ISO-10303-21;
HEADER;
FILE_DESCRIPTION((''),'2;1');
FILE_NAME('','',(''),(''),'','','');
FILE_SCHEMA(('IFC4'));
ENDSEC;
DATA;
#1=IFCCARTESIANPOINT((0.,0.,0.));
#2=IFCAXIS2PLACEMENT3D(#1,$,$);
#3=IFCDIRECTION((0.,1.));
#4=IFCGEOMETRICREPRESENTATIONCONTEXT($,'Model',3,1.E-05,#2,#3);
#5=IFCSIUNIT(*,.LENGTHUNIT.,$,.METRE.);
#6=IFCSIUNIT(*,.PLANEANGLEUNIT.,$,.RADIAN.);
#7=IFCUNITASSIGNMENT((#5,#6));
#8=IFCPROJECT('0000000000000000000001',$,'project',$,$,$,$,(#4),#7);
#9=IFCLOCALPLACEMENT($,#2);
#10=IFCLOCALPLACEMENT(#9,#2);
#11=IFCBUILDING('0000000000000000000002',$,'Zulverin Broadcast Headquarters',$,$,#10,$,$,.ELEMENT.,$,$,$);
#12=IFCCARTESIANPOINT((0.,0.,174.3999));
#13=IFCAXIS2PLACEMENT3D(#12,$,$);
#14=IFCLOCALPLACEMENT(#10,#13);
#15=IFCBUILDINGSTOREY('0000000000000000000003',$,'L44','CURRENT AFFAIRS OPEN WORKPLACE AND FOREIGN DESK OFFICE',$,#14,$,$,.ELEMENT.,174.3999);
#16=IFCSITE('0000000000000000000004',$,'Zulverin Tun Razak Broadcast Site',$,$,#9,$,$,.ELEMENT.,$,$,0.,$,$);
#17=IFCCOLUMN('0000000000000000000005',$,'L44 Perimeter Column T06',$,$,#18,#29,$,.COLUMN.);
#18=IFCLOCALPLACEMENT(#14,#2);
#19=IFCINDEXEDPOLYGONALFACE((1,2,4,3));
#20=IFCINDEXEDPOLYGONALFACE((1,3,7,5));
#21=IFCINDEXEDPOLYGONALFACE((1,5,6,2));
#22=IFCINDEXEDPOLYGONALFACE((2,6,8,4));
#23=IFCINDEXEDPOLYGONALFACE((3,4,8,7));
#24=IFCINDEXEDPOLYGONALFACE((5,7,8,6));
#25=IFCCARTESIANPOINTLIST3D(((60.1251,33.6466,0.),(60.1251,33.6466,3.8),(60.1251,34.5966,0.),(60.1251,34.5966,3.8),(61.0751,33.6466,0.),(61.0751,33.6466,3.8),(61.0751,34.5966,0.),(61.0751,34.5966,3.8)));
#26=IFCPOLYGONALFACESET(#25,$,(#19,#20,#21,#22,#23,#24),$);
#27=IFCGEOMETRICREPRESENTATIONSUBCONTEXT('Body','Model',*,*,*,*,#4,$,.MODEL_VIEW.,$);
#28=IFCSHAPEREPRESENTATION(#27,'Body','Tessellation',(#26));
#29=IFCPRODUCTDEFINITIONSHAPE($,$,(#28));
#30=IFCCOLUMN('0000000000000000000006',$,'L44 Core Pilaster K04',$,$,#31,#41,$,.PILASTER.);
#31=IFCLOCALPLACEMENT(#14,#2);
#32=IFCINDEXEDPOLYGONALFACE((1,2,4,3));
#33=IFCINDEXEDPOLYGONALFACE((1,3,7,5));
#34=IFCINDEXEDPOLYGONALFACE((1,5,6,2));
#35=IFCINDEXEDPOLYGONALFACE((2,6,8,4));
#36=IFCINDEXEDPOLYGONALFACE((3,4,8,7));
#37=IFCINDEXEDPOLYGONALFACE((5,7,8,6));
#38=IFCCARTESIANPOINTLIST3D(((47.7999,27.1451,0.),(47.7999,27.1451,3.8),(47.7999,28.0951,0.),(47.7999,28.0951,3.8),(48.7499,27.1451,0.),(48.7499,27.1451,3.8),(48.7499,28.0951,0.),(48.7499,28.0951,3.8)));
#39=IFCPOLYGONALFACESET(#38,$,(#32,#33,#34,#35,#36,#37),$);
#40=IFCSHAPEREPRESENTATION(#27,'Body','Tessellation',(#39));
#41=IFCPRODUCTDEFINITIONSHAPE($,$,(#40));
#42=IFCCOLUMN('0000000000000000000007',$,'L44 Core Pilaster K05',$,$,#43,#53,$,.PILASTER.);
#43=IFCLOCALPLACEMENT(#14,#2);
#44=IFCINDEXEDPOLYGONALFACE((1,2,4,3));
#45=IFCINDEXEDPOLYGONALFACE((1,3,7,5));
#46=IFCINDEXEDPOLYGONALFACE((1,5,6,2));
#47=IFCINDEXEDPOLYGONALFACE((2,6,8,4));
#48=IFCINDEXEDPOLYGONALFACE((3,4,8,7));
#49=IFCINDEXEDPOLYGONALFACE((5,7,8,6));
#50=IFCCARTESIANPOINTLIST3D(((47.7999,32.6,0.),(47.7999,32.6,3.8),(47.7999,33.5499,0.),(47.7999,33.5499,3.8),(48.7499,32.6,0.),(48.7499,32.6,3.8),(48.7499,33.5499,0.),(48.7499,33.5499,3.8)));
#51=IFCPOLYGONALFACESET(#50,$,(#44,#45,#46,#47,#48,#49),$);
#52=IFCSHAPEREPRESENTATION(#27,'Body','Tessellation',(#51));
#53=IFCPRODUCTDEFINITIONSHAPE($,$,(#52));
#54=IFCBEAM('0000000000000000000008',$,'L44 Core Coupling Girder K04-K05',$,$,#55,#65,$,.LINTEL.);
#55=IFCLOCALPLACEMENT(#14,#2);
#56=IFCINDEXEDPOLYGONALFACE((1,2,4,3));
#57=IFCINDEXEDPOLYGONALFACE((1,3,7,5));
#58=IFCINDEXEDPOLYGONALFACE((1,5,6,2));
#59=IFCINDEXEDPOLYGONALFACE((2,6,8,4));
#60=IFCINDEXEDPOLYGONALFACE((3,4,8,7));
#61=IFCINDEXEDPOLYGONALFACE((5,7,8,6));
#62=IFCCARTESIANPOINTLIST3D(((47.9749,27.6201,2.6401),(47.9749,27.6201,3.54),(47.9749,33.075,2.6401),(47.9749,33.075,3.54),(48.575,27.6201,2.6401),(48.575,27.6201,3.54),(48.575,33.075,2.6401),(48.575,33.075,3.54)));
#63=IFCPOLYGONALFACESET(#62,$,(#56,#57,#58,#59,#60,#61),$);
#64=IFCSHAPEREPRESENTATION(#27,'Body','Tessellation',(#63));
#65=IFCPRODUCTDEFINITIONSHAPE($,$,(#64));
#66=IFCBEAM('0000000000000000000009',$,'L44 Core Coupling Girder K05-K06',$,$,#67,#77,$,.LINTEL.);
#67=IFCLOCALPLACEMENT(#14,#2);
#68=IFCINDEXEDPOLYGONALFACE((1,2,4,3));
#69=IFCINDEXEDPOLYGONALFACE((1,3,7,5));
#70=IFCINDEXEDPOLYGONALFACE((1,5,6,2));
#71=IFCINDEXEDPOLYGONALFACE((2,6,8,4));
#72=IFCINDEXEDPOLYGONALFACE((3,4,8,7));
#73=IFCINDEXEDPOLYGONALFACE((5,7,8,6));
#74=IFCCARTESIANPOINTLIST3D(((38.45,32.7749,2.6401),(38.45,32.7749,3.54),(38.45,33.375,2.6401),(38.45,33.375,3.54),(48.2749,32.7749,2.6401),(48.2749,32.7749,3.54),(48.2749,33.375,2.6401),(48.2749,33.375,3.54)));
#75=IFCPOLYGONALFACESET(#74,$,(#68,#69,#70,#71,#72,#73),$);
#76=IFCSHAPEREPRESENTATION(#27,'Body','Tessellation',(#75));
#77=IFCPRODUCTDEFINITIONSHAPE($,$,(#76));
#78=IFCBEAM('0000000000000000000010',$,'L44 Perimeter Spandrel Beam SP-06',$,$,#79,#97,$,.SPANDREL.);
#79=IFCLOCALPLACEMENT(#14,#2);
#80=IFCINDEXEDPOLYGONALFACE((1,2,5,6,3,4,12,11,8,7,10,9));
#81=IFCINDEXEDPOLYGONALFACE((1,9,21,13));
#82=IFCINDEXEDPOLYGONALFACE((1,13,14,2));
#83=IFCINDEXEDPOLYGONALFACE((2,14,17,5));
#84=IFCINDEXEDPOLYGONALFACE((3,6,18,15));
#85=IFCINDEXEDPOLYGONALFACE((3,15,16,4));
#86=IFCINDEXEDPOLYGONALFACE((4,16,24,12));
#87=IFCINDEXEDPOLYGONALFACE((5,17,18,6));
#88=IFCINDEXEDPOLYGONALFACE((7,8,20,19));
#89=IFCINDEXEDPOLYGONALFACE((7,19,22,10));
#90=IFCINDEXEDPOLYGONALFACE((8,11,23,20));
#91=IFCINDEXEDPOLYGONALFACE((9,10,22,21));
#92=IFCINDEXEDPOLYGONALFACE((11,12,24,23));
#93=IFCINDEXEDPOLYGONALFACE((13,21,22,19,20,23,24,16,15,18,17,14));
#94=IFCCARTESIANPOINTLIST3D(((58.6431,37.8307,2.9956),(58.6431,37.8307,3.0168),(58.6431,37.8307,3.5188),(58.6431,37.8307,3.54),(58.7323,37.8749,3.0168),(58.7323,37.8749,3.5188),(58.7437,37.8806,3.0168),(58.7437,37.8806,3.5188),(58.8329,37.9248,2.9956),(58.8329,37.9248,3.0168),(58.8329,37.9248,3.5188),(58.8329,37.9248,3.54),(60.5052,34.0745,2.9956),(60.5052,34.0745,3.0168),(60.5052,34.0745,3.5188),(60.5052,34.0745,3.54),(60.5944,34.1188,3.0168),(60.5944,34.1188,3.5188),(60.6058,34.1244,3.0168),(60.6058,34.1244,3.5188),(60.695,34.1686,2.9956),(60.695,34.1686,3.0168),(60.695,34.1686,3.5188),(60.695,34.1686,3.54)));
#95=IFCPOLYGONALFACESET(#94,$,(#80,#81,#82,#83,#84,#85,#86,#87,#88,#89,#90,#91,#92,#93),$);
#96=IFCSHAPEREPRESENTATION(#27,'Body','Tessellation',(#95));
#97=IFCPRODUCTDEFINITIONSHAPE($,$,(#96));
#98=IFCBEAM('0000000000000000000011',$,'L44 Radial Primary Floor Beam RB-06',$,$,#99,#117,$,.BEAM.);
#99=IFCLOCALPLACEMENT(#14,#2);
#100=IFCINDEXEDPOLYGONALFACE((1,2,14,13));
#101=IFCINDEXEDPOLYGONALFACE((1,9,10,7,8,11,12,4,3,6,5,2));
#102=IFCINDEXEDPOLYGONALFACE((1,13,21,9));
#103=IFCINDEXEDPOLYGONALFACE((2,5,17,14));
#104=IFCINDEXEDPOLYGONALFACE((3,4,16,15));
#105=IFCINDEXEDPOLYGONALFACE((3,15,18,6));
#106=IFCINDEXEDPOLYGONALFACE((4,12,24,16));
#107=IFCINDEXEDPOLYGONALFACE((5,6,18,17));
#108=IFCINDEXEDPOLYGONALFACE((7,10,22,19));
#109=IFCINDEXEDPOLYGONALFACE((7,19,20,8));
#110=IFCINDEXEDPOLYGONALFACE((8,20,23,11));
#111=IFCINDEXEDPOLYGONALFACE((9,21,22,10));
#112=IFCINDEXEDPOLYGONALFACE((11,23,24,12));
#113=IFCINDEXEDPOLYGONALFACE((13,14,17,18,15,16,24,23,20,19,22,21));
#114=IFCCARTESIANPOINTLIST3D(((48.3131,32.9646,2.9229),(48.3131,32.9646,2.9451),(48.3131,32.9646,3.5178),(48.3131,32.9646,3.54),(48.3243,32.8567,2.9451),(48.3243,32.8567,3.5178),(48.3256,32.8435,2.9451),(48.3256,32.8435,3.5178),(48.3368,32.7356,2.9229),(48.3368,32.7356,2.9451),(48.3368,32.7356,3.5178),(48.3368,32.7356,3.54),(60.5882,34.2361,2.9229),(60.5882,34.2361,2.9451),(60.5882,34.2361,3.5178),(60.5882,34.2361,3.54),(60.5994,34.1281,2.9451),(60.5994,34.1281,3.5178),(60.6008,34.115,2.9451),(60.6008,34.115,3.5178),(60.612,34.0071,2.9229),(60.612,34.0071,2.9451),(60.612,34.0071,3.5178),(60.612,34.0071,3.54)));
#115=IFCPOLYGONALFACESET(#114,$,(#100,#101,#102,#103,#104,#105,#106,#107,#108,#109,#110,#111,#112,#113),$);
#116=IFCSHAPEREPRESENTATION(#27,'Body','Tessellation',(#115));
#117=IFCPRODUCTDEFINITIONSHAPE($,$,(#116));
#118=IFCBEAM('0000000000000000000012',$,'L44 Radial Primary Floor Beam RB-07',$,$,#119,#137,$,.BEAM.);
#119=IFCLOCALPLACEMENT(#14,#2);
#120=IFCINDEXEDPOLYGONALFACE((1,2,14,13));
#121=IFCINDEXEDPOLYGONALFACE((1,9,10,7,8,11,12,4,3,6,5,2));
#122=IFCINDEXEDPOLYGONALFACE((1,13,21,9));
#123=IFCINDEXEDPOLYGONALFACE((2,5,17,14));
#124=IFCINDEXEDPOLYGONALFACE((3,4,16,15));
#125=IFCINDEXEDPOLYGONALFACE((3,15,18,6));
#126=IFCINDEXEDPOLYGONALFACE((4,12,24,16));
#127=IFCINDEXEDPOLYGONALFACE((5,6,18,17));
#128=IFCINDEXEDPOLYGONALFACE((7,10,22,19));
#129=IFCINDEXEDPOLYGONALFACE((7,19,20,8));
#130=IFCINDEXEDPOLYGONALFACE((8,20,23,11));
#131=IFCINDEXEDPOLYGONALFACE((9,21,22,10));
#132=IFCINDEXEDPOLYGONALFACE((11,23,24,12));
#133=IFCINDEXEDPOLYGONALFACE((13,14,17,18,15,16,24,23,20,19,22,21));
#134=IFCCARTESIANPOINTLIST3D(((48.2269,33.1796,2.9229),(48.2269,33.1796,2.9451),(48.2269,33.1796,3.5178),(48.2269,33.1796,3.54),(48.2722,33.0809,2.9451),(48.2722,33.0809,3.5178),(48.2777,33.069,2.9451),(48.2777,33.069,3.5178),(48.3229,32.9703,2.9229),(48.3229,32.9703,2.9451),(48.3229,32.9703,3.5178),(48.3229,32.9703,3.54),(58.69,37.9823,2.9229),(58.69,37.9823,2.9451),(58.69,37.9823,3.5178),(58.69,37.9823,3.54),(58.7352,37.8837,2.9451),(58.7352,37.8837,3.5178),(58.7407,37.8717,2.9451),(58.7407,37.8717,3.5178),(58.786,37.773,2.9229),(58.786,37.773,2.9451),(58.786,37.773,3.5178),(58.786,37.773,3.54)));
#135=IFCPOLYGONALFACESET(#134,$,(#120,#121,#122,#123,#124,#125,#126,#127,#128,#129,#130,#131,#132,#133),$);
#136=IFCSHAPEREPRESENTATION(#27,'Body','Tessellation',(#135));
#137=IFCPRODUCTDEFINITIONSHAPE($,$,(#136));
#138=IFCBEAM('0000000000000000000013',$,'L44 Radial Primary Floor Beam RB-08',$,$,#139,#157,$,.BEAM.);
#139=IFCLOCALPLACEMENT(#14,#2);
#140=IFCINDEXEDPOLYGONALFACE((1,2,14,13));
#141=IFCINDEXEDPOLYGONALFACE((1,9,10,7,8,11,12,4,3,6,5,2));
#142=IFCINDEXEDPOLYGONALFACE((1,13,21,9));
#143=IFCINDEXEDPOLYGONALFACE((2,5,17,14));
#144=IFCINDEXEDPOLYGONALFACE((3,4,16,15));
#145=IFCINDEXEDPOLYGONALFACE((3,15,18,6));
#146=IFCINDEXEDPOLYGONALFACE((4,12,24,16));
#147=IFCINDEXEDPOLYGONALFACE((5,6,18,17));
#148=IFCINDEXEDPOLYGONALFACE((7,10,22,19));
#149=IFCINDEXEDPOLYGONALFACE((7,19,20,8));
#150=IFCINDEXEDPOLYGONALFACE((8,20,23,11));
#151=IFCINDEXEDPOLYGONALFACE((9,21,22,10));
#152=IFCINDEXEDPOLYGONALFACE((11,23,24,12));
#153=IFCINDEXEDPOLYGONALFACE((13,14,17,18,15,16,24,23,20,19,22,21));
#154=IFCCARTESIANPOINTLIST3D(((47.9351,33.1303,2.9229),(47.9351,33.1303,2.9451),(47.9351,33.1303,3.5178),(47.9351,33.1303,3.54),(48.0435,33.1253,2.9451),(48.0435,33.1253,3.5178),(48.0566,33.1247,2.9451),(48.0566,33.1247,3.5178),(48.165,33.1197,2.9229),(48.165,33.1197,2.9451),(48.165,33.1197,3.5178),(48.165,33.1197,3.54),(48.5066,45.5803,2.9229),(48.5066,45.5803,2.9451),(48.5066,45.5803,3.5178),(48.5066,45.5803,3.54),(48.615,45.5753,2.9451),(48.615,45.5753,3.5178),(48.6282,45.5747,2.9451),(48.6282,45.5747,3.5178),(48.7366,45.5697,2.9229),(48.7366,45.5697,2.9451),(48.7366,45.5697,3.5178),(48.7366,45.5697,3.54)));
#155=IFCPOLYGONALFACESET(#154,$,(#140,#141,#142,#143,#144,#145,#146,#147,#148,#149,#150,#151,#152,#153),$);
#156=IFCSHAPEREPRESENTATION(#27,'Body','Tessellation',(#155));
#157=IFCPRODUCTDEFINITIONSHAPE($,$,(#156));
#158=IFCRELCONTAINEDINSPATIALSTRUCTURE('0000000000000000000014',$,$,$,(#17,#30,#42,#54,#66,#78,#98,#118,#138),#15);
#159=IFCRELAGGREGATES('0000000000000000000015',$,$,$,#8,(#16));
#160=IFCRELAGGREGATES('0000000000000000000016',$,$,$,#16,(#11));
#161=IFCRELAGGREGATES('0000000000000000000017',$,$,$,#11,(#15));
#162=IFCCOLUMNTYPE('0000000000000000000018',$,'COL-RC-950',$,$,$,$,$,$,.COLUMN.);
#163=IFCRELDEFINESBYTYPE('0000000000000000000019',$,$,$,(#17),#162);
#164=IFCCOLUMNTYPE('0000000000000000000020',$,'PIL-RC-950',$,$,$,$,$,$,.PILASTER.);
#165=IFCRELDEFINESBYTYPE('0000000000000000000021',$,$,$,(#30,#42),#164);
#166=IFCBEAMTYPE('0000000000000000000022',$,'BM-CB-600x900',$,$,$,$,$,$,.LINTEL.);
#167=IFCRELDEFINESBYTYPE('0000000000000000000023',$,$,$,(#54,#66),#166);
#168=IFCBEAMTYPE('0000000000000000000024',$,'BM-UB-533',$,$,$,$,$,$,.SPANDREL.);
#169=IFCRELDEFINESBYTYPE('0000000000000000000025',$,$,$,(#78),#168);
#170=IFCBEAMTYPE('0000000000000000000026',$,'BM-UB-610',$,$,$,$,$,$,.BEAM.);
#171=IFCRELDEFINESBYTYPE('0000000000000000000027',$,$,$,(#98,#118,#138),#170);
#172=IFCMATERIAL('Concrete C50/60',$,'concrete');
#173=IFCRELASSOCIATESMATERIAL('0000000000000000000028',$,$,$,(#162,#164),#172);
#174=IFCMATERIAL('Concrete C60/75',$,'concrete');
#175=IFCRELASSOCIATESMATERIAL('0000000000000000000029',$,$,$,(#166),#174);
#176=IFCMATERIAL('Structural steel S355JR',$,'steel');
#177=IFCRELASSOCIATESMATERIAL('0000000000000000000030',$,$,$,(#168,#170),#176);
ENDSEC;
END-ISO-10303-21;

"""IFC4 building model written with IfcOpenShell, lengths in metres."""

from ifc_helpers import new_model, si_unit, direction, frame, origin, origin_2d, place, context, subcontext, project, spatial, rectangle, i_section, extrude, material, material_profile, profile_set, type_object, element, save


model = new_model("IFC4")

# Units and contexts
model_context = context("Model", 3, precision=1e-05, world=origin(), true_north=direction((0.0, 1.0)))
body_context = subcontext(model_context, "Body", "Model", "MODEL_VIEW")
ifc_project = project(units=[si_unit("LENGTHUNIT", "METRE"), si_unit("PLANEANGLEUNIT", "RADIAN")], contexts=[model_context])

# Site, building, storey
site_placement = place(None, origin())
site = spatial("IfcSite", under=ifc_project, at=site_placement, Name="Zulverin Tun Razak Broadcast Site", CompositionType="ELEMENT", RefElevation=0.0)
building_placement = place(site_placement, origin())
building = spatial("IfcBuilding", under=site, at=building_placement, Name="Zulverin Broadcast Headquarters", CompositionType="ELEMENT")
storey_placement = place(building_placement, frame((0.0, 0.0, 174.3999)))
storey = spatial("IfcBuildingStorey", under=building, at=storey_placement, Name="L44", Description="CURRENT AFFAIRS OPEN WORKPLACE AND FOREIGN DESK OFFICE", CompositionType="ELEMENT", Elevation=174.3999)

# Columns
ifc_material_1 = material(Name="Concrete C50/60", Category="concrete")
ifc_material_profile_1 = material_profile(ifc_material_1, rectangle(XDim=0.95, YDim=0.95, at=origin_2d()), Name="Concrete C50/60", Category="concrete")
ifc_profile_set_1 = profile_set([ifc_material_profile_1], Name="Concrete C50/60")
column_type_1 = type_object("IfcColumnType", Name="COL-RC-950", PredefinedType="COLUMN", material=ifc_profile_set_1)
column_placement = place(storey_placement, frame((60.6001, 34.1216, 0.0), z_axis=(0.0, 0.0, 1.0), x_axis=(1.0, 0.0, 0.0)))
element("IfcColumn", 1, at=column_placement, inside=storey, type_object=column_type_1, Name="L44 Perimeter Column T06", PredefinedType="COLUMN", context=body_context, shape_type="SweptSolid", body=[
    extrude(rectangle(XDim=0.95, YDim=0.95, at=origin_2d()), origin(), (0.0, 0.0, 1.0), 3.8),
])
ifc_material_profile_2 = material_profile(ifc_material_1, rectangle(XDim=0.95, YDim=0.95, at=origin_2d()), Name="Concrete C50/60", Category="concrete")
ifc_profile_set_2 = profile_set([ifc_material_profile_2], Name="Concrete C50/60")
column_type_2 = type_object("IfcColumnType", Name="PIL-RC-950", PredefinedType="PILASTER", material=ifc_profile_set_2)
for number, where, z_axis, x_axis, name in (
    (2, (48.2749, 27.6201, 0.0), (0.0, 0.0, 1.0), (1.0, 0.0, 0.0), "L44 Core Pilaster K04"),
    (3, (48.2749, 33.075, 0.0), (0.0, 0.0, 1.0), (1.0, 0.0, 0.0), "L44 Core Pilaster K05"),
):
    element("IfcColumn", number, at=place(storey_placement, frame(where, z_axis=z_axis, x_axis=x_axis)), inside=storey, type_object=column_type_2, Name=name, PredefinedType="PILASTER", context=body_context, shape_type="SweptSolid", body=[
        extrude(rectangle(XDim=0.95, YDim=0.95, at=origin_2d()), origin(), (0.0, 0.0, 1.0), 3.8),
    ])

# Beams
ifc_material_2 = material(Name="Concrete C60/75", Category="concrete")
ifc_material_profile_3 = material_profile(ifc_material_2, rectangle(XDim=0.6001, YDim=0.8999, at=origin_2d()), Name="Concrete C60/75", Category="concrete")
ifc_profile_set_3 = profile_set([ifc_material_profile_3], Name="Concrete C60/75")
beam_type_1 = type_object("IfcBeamType", Name="BM-CB-600x900", PredefinedType="LINTEL", material=ifc_profile_set_3)
beam_1_placement = place(storey_placement, frame((48.2749, 27.6201, 3.0901), z_axis=(0.0, 1.0, 0.0), x_axis=(-1.0, 0.0, 0.0)))
element("IfcBeam", 4, at=beam_1_placement, inside=storey, type_object=beam_type_1, Name="L44 Core Coupling Girder K04-K05", PredefinedType="LINTEL", context=body_context, shape_type="SweptSolid", body=[
    extrude(rectangle(XDim=0.6001, YDim=0.8999, at=origin_2d()), origin(), (0.0, 0.0, 1.0), 5.4548),
])
beam_2_placement = place(storey_placement, frame((48.2749, 33.075, 3.0901), z_axis=(-1.0, 0.0, 0.0), x_axis=(0.0, -1.0, 0.0)))
element("IfcBeam", 5, at=beam_2_placement, inside=storey, type_object=beam_type_1, Name="L44 Core Coupling Girder K05-K06", PredefinedType="LINTEL", context=body_context, shape_type="SweptSolid", body=[
    extrude(rectangle(XDim=0.6001, YDim=0.8999, at=origin_2d()), origin(), (0.0, 0.0, 1.0), 9.825),
])
ifc_material_3 = material(Name="Structural steel S355JR", Category="steel")
ifc_material_profile_4 = material_profile(ifc_material_3, i_section(OverallWidth=0.2119, OverallDepth=0.5444, WebThickness=0.0127, FlangeThickness=0.0212, at=origin_2d()), Name="Structural steel S355JR", Category="steel")
ifc_profile_set_4 = profile_set([ifc_material_profile_4], Name="Structural steel S355JR")
beam_type_2 = type_object("IfcBeamType", Name="BM-UB-533", PredefinedType="SPANDREL", material=ifc_profile_set_4)
beam_3_placement = place(storey_placement, frame((60.6001, 34.1216, 3.2678), z_axis=(-0.444159, 0.895948, 0.0), x_axis=(-0.895948, -0.444159, 0.0)))
element("IfcBeam", 6, at=beam_3_placement, inside=storey, type_object=beam_type_2, Name="L44 Perimeter Spandrel Beam SP-06", PredefinedType="SPANDREL", context=body_context, shape_type="SweptSolid", body=[
    extrude(i_section(OverallWidth=0.2119, OverallDepth=0.5444, WebThickness=0.0127, FlangeThickness=0.0212, at=origin_2d()), origin(), (0.0, 0.0, 1.0), 4.1924),
])
ifc_material_profile_5 = material_profile(ifc_material_3, i_section(OverallWidth=0.2302, OverallDepth=0.6172, WebThickness=0.0132, FlangeThickness=0.0222, at=origin_2d()), Name="Structural steel S355JR", Category="steel")
ifc_profile_set_5 = profile_set([ifc_material_profile_5], Name="Structural steel S355JR")
beam_type_3 = type_object("IfcBeamType", Name="BM-UB-610", PredefinedType="BEAM", material=ifc_profile_set_5)
beam_4_placement = place(storey_placement, frame((48.325, 32.8501, 3.2314), z_axis=(0.994678, 0.103031, 0.0), x_axis=(-0.103031, 0.994678, 0.0)))
element("IfcBeam", 7, at=beam_4_placement, inside=storey, type_object=beam_type_3, Name="L44 Radial Primary Floor Beam RB-06", PredefinedType="BEAM", context=body_context, shape_type="SweptSolid", body=[
    extrude(i_section(OverallWidth=0.2302, OverallDepth=0.6172, WebThickness=0.0132, FlangeThickness=0.0222, at=origin_2d()), origin(), (0.0, 0.0, 1.0), 12.3408),
])
beam_5_placement = place(storey_placement, frame((48.2749, 33.075, 3.2314), z_axis=(0.90883, 0.417167, 0.0), x_axis=(-0.417167, 0.90883, 0.0)))
element("IfcBeam", 8, at=beam_5_placement, inside=storey, type_object=beam_type_3, Name="L44 Radial Primary Floor Beam RB-07", PredefinedType="BEAM", context=body_context, shape_type="SweptSolid", body=[
    extrude(i_section(OverallWidth=0.2302, OverallDepth=0.6172, WebThickness=0.0132, FlangeThickness=0.0222, at=origin_2d()), origin(), (0.0, 0.0, 1.0), 11.5127),
])
beam_6_placement = place(storey_placement, frame((48.05, 33.125, 3.2314), z_axis=(0.045858, 0.998948, 0.0), x_axis=(-0.998948, 0.045858, 0.0)))
element("IfcBeam", 9, at=beam_6_placement, inside=storey, type_object=beam_type_3, Name="L44 Radial Primary Floor Beam RB-08", PredefinedType="BEAM", context=body_context, shape_type="SweptSolid", body=[
    extrude(i_section(OverallWidth=0.2302, OverallDepth=0.6172, WebThickness=0.0132, FlangeThickness=0.0222, at=origin_2d()), origin(), (0.0, 0.0, 1.0), 12.4631),
])

save(model, "model.ifc")
